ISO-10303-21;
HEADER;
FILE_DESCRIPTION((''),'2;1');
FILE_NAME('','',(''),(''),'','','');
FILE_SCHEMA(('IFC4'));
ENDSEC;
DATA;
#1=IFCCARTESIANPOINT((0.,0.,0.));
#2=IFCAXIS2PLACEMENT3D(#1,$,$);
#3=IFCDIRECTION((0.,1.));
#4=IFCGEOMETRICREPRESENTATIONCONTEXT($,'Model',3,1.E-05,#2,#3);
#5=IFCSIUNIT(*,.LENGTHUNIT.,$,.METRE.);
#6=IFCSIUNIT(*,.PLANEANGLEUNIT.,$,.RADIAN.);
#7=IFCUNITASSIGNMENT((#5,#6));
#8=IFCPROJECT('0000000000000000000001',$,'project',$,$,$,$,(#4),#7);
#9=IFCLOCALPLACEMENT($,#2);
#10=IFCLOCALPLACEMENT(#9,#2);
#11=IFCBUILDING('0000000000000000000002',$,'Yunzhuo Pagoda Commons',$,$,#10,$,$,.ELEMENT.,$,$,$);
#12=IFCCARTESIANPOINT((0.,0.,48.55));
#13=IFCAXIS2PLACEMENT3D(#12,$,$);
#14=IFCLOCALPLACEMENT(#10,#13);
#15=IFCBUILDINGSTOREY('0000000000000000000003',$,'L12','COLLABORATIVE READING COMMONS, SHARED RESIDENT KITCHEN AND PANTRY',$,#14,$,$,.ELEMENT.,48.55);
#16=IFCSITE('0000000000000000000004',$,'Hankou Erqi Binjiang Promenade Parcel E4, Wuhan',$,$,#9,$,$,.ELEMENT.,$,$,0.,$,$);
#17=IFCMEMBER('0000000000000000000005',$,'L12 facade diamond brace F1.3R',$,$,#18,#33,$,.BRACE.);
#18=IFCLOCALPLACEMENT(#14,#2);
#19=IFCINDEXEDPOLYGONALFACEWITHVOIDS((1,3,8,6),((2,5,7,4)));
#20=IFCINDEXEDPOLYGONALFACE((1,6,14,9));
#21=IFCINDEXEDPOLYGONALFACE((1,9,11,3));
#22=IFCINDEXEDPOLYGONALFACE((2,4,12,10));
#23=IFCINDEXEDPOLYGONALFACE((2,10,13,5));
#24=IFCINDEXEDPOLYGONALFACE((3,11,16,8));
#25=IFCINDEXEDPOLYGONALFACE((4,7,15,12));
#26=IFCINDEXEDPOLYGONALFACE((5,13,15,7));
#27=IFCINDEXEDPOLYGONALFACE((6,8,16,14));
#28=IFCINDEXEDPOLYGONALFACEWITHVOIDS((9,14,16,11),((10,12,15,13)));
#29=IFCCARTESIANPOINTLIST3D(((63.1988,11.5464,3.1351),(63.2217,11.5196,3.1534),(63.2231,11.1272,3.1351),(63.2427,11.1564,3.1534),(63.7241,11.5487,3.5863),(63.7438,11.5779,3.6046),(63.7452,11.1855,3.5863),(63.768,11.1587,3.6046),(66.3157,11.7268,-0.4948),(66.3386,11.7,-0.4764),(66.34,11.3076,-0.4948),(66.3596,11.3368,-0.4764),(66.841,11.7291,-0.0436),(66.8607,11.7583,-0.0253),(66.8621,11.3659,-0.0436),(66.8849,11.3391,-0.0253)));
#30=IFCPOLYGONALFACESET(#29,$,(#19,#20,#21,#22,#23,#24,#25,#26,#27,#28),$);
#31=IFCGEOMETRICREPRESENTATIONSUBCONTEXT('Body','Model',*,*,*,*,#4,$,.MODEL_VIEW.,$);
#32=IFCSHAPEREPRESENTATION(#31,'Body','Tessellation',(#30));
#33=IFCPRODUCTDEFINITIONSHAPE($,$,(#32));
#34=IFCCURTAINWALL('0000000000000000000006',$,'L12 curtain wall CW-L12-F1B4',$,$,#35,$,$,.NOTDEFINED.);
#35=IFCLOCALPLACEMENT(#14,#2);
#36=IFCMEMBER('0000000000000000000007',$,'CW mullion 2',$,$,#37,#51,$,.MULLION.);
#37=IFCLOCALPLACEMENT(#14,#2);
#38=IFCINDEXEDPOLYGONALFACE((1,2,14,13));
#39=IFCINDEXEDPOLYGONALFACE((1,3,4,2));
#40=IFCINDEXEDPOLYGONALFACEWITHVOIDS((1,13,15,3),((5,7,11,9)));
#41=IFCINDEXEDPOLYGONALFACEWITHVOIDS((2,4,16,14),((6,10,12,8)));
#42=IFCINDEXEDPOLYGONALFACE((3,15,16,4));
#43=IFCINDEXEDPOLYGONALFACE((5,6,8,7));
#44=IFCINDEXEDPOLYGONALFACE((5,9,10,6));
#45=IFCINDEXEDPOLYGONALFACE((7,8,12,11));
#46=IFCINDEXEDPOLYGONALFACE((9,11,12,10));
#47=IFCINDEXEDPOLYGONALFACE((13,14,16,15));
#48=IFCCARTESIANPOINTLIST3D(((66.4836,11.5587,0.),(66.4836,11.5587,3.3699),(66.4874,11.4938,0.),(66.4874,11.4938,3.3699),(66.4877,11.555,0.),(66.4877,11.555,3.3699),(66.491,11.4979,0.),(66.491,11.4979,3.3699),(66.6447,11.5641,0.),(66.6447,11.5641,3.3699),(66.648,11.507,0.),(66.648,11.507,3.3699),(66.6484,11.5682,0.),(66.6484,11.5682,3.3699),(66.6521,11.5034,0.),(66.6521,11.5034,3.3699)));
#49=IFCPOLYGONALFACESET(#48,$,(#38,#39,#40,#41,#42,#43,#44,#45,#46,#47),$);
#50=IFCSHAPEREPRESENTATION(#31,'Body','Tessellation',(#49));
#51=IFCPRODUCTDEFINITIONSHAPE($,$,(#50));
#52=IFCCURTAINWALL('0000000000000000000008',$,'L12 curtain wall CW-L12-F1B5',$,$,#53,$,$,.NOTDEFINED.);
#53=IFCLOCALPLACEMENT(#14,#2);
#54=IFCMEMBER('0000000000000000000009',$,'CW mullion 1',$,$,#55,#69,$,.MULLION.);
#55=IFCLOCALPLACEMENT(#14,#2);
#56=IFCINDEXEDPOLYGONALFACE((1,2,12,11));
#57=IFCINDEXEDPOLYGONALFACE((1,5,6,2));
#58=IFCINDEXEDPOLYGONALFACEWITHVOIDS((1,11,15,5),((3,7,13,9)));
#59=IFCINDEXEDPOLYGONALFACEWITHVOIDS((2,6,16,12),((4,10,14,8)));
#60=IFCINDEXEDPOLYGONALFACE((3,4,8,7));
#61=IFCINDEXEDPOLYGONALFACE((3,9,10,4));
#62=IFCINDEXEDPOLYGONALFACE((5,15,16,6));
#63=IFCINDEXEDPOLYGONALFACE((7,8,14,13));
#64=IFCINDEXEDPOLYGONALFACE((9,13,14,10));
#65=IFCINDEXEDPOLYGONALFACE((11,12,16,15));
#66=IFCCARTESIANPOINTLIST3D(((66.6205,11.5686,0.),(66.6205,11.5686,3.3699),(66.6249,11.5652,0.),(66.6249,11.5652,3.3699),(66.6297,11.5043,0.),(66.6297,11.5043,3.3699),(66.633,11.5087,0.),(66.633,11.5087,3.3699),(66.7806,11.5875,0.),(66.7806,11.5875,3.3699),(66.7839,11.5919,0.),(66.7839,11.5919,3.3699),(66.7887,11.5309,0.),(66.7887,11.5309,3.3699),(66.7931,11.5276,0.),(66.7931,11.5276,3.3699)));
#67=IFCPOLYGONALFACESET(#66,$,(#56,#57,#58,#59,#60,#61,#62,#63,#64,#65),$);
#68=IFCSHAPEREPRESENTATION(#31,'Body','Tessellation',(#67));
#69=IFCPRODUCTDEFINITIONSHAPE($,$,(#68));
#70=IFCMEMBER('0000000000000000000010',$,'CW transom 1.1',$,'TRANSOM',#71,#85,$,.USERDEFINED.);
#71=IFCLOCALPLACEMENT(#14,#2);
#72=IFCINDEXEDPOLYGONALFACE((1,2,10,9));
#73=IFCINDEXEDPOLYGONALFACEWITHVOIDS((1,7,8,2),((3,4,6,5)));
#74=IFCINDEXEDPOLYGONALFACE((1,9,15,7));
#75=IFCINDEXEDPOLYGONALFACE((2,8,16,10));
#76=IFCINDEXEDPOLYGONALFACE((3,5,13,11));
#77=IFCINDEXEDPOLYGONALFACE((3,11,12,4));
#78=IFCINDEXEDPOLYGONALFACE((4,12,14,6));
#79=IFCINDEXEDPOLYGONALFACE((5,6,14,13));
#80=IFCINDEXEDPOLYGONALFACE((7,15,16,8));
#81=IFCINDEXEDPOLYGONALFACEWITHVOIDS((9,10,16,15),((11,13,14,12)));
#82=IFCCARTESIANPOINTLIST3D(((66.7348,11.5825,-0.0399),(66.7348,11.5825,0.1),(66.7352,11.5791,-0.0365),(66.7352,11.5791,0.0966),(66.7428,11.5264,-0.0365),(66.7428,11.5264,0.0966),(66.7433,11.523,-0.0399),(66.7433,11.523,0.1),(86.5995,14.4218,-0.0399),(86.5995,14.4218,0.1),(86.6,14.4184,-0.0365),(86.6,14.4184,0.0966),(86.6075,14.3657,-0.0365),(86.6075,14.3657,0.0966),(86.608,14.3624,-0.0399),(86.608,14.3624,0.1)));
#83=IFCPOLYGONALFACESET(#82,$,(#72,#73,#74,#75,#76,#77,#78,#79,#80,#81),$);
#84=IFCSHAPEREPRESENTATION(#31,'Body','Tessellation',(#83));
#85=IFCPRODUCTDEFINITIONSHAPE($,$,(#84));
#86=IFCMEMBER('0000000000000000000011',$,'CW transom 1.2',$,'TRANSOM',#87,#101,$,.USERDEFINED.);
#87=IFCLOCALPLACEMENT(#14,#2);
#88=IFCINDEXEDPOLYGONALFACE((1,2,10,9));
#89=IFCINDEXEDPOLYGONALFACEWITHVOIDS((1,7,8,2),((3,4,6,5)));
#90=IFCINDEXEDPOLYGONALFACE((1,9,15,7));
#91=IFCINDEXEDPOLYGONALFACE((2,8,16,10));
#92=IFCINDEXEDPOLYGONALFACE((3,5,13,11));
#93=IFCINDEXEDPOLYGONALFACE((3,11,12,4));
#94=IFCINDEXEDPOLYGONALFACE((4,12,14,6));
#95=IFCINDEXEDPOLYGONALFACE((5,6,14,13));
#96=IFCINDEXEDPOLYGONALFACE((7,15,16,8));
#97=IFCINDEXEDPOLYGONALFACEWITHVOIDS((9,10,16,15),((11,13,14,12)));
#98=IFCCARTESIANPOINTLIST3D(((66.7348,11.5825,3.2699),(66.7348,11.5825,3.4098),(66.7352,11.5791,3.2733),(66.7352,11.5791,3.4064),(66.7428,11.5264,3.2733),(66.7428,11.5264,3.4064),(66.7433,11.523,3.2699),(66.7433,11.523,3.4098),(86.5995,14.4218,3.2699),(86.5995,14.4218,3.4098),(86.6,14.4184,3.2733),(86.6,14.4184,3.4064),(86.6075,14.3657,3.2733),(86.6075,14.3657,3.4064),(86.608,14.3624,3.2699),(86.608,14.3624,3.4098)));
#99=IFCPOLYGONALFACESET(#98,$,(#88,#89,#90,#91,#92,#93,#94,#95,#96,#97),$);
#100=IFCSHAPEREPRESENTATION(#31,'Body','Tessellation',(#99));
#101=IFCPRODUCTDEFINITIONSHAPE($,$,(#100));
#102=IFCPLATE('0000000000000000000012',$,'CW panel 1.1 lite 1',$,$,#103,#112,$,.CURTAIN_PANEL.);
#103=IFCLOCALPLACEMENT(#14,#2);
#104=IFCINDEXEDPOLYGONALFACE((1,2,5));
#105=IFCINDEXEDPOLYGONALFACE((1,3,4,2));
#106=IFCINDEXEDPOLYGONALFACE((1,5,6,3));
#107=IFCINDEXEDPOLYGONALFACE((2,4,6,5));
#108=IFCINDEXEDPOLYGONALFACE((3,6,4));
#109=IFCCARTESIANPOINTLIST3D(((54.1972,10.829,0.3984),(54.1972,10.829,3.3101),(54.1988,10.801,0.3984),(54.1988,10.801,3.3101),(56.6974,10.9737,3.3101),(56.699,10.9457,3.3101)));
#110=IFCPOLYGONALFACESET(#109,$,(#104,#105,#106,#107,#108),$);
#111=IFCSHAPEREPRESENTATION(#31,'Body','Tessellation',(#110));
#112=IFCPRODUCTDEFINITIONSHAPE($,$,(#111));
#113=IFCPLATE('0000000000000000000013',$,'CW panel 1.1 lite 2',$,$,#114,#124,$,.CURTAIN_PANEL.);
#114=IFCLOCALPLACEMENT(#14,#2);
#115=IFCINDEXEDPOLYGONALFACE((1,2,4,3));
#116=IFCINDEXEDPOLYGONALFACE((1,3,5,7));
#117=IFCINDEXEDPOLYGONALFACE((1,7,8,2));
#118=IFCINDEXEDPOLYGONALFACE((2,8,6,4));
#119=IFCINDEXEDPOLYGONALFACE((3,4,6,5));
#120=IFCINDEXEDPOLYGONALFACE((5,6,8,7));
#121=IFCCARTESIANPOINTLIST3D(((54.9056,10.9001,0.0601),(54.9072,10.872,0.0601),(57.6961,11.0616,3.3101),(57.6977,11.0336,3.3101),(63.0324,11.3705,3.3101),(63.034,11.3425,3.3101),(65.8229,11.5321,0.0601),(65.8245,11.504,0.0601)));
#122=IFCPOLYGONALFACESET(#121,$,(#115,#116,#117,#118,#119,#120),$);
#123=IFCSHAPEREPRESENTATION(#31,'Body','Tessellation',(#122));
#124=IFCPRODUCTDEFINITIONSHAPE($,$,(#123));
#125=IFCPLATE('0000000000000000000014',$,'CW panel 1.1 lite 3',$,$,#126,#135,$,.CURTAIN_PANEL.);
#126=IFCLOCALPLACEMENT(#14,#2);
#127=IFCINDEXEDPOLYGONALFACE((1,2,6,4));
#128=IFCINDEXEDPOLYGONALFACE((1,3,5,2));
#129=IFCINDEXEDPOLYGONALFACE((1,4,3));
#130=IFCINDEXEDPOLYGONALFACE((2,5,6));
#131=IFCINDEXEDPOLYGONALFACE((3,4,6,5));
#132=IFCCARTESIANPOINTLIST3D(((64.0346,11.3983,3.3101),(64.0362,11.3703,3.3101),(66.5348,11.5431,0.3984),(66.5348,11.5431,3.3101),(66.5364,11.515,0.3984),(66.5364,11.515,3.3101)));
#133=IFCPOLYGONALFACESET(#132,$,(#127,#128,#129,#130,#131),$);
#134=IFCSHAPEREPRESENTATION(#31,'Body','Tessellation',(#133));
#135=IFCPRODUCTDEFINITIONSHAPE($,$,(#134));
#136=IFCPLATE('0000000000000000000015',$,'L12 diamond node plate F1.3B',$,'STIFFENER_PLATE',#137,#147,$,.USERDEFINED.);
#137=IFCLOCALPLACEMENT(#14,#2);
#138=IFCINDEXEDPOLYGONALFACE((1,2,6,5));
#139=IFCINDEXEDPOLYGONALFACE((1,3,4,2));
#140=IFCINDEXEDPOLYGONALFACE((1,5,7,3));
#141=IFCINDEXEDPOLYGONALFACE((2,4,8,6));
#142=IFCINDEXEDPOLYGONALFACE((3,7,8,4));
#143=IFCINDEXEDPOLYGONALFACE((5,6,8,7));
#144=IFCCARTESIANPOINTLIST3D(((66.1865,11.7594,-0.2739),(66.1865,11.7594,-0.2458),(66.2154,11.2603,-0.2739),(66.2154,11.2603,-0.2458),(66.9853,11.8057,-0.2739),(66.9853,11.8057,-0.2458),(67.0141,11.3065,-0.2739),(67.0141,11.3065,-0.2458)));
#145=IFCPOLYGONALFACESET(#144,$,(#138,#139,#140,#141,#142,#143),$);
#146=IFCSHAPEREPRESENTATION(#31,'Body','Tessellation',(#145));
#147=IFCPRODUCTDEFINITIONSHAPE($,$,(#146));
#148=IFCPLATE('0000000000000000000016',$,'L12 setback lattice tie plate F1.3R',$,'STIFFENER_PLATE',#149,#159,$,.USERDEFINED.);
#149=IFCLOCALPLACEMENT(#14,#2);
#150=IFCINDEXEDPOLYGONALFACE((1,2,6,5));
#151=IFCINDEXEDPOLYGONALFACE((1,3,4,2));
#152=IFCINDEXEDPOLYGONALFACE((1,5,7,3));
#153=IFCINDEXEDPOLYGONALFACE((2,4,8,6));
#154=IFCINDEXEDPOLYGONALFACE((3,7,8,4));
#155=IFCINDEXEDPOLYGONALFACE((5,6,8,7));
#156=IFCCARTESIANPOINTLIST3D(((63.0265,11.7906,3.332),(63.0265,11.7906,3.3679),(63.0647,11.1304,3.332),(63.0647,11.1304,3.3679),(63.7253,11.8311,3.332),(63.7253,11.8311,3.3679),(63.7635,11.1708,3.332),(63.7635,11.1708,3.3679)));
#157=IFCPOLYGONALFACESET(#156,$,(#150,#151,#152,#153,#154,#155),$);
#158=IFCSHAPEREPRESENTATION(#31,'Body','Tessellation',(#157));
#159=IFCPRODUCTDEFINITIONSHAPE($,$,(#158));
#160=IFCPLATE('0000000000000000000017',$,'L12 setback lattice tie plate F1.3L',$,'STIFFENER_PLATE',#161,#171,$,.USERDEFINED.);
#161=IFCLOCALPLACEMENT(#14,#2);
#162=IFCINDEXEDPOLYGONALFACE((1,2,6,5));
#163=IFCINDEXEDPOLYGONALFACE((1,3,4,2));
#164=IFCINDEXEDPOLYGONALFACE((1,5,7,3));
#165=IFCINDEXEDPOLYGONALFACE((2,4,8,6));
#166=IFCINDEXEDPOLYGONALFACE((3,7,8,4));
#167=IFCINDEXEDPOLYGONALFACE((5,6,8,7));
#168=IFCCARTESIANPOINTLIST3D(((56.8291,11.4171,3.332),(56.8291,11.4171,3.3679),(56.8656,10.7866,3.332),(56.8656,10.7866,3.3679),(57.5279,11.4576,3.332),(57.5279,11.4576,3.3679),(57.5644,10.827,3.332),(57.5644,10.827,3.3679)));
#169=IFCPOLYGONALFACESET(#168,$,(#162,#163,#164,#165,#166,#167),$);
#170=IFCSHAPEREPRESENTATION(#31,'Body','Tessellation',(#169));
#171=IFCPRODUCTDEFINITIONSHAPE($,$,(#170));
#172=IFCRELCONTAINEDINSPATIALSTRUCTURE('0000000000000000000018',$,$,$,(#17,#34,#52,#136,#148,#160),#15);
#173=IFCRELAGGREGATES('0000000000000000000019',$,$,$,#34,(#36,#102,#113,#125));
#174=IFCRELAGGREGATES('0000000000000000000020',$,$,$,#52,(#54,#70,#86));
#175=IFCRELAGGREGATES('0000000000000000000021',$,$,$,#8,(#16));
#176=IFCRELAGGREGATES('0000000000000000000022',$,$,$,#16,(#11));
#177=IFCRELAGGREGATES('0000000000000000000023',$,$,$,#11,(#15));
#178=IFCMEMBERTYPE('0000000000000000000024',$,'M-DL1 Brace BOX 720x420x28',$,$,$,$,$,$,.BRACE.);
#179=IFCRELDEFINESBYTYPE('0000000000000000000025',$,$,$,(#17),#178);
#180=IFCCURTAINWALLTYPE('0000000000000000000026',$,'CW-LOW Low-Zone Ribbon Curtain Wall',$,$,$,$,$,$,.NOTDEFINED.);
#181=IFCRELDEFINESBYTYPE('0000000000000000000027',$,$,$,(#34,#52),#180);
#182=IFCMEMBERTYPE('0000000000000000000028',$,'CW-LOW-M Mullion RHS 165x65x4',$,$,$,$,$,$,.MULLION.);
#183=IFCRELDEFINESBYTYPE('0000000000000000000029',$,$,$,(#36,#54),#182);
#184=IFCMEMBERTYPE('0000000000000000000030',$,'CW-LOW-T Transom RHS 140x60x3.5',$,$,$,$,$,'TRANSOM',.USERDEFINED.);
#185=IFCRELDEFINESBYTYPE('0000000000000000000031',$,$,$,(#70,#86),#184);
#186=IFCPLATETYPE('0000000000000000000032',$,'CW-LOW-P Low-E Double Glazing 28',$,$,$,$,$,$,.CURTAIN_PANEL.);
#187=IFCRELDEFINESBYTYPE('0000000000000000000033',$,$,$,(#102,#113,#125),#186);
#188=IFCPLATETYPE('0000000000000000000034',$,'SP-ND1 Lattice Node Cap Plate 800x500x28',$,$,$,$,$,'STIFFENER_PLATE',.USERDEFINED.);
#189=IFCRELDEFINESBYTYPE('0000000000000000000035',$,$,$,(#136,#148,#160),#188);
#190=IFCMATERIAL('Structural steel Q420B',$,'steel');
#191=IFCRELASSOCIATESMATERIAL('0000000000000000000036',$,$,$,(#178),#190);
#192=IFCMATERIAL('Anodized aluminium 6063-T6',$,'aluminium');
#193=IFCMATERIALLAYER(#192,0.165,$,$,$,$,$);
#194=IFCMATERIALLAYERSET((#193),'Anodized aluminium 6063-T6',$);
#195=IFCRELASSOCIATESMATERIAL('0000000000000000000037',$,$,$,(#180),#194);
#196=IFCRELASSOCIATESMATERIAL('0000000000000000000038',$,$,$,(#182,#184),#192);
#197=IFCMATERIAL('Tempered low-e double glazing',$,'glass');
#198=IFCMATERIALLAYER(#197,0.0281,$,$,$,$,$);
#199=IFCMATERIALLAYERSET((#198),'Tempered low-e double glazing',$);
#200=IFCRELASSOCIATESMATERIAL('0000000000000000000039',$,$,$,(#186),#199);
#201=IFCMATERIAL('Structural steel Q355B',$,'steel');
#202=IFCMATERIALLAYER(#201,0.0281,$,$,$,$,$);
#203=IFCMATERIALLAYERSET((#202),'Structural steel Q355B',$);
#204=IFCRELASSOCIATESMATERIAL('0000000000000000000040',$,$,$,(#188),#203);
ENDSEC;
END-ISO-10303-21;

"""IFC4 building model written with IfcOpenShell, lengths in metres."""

from ifc_helpers import new_model, si_unit, direction, frame, origin, origin_2d, place, context, subcontext, project, spatial, polyline, rectangle, hollow_rectangle, outline, extrude, source, transform, mapped, material, layer, layer_set, material_profile, profile_set, type_object, element, aggregate, save


model = new_model("IFC4")

# Units and contexts
model_context = context("Model", 3, precision=1e-05, world=origin(), true_north=direction((0.0, 1.0)))
body_context = subcontext(model_context, "Body", "Model", "MODEL_VIEW")
ifc_project = project(units=[si_unit("LENGTHUNIT", "METRE"), si_unit("PLANEANGLEUNIT", "RADIAN")], contexts=[model_context])

# Site, building, storey
site_placement = place(None, origin())
site = spatial("IfcSite", under=ifc_project, at=site_placement, Name="Hankou Erqi Binjiang Promenade Parcel E4, Wuhan", CompositionType="ELEMENT", RefElevation=0.0)
building_placement = place(site_placement, origin())
building = spatial("IfcBuilding", under=site, at=building_placement, Name="Yunzhuo Pagoda Commons", CompositionType="ELEMENT")
storey_placement = place(building_placement, frame((0.0, 0.0, 48.55)))
storey = spatial("IfcBuildingStorey", under=building, at=storey_placement, Name="L12", Description="COLLABORATIVE READING COMMONS, SHARED RESIDENT KITCHEN AND PANTRY", CompositionType="ELEMENT", Elevation=48.55)

# Shared definitions
ifc_material_1 = material(Name="Structural steel Q420B", Category="steel")

# Shared definitions
ifc_material_2 = material(Name="Structural steel Q355B", Category="steel")

# Member
ifc_material_profile_1 = material_profile(ifc_material_1, hollow_rectangle(XDim=0.4199, YDim=0.72, WallThickness=0.0281, at=origin_2d()), Name="Structural steel Q420B")
ifc_profile_set_1 = profile_set([ifc_material_profile_1], Name="Structural steel Q420B")
member_type_1 = type_object("IfcMemberType", Name="M-DL1 Brace BOX 720x420x28", PredefinedType="BRACE", material=ifc_profile_set_1)
shared_shape_1 = source(origin(), body_context, "Body", "SweptSolid", [
    extrude(hollow_rectangle(XDim=0.4199, YDim=0.72, WallThickness=0.0281, at=origin_2d()), origin(), (0.0, 0.0, 1.0), 4.7878),
])
member_1_placement = place(storey_placement, frame((66.6003, 11.533, -0.26), z_axis=(-0.651005, -0.037683, 0.758138), x_axis=(0.057787, -0.998329, 0.0)))
element("IfcMember", 1, at=member_1_placement, inside=storey, type_object=member_type_1, Name="L12 facade diamond brace F1.3R", PredefinedType="BRACE", context=body_context, shape_type="MappedRepresentation", body=[
    mapped(shared_shape_1, transform((0.0, 0.0, 0.0), scale=1.0)),
])

# Curtain wall, member
ifc_material_3 = material(Name="Anodized aluminium 6063-T6", Category="aluminium")
ifc_layer_1 = layer(ifc_material_3, 0.165)
ifc_layer_set_1 = layer_set([ifc_layer_1], Name="Anodized aluminium 6063-T6")
curtain_wall_type = type_object("IfcCurtainWallType", Name="CW-LOW Low-Zone Ribbon Curtain Wall", PredefinedType="NOTDEFINED", material=ifc_layer_set_1)
curtain_wall_1_placement = place(storey_placement, origin())
curtain_wall_1 = element("IfcCurtainWall", 2, at=curtain_wall_1_placement, inside=storey, type_object=curtain_wall_type, Name="L12 curtain wall CW-L12-F1B4", PredefinedType="NOTDEFINED")
ifc_material_profile_2 = material_profile(ifc_material_3, hollow_rectangle(XDim=0.0649, YDim=0.165, WallThickness=0.0039, at=origin_2d()), Name="Anodized aluminium 6063-T6")
ifc_profile_set_2 = profile_set([ifc_material_profile_2], Name="Anodized aluminium 6063-T6")
member_type_2 = type_object("IfcMemberType", Name="CW-LOW-M Mullion RHS 165x65x4", PredefinedType="MULLION", material=ifc_profile_set_2)
shared_shape_2 = source(origin(), body_context, "Body", "SweptSolid", [
    extrude(hollow_rectangle(XDim=0.0649, YDim=0.165, WallThickness=0.0039, at=origin_2d()), origin(), (0.0, 0.0, 1.0), 3.3699),
])
member_2_placement = place(storey_placement, frame((66.5679, 11.531, 0.0), z_axis=(0.0, 0.0, 1.0), x_axis=(-0.057791, 0.998329, 0.0)))
member_2 = element("IfcMember", 3, at=member_2_placement, type_object=member_type_2, Name="CW mullion 2", PredefinedType="MULLION", context=body_context, shape_type="MappedRepresentation", body=[
    mapped(shared_shape_2, transform((0.0, 0.0, 0.0), scale=1.0)),
])

# Curtain wall, members
curtain_wall_2_placement = place(storey_placement, origin())
curtain_wall_2 = element("IfcCurtainWall", 4, at=curtain_wall_2_placement, inside=storey, type_object=curtain_wall_type, Name="L12 curtain wall CW-L12-F1B5", PredefinedType="NOTDEFINED")
member_3_placement = place(storey_placement, frame((66.7068, 11.5481, 0.0), z_axis=(0.0, 0.0, 1.0), x_axis=(-0.141493, 0.989939, 0.0)))
member_3 = element("IfcMember", 5, at=member_3_placement, type_object=member_type_2, Name="CW mullion 1", PredefinedType="MULLION", context=body_context, shape_type="MappedRepresentation", body=[
    mapped(shared_shape_2, transform((0.0, 0.0, 0.0), scale=1.0)),
])
ifc_material_profile_3 = material_profile(ifc_material_3, hollow_rectangle(XDim=0.0601, YDim=0.1399, WallThickness=0.0034, at=origin_2d()), Name="Anodized aluminium 6063-T6")
ifc_profile_set_3 = profile_set([ifc_material_profile_3], Name="Anodized aluminium 6063-T6")
member_type_3 = type_object("IfcMemberType", Name="CW-LOW-T Transom RHS 140x60x3.5", ElementType="TRANSOM", PredefinedType="USERDEFINED", material=ifc_profile_set_3)
shared_shape_3 = source(origin(), body_context, "Body", "SweptSolid", [
    extrude(hollow_rectangle(XDim=0.0601, YDim=0.1399, WallThickness=0.0034, at=origin_2d()), origin(), (0.0, 0.0, 1.0), 20.0667),
])
member_4_placement = place(storey_placement, frame((66.739, 11.5527, 0.03), z_axis=(0.989939, 0.141496, 0.0), x_axis=(-0.141496, 0.989939, 0.0)))
member_4 = element("IfcMember", 6, at=member_4_placement, type_object=member_type_3, Name="CW transom 1.1", ObjectType="TRANSOM", PredefinedType="USERDEFINED", context=body_context, shape_type="MappedRepresentation", body=[
    mapped(shared_shape_3, transform((0.0, 0.0, 0.0), scale=1.0)),
])
member_5_placement = place(storey_placement, frame((66.739, 11.5527, 3.3398), z_axis=(0.989939, 0.141496, 0.0), x_axis=(-0.141496, 0.989939, 0.0)))
member_5 = element("IfcMember", 7, at=member_5_placement, type_object=member_type_3, Name="CW transom 1.2", ObjectType="TRANSOM", PredefinedType="USERDEFINED", context=body_context, shape_type="MappedRepresentation", body=[
    mapped(shared_shape_3, transform((0.0, 0.0, 0.0), scale=1.0)),
])

# Plates
ifc_material_4 = material(Name="Tempered low-e double glazing", Category="glass")
ifc_layer_2 = layer(ifc_material_4, 0.0281)
ifc_layer_set_2 = layer_set([ifc_layer_2], Name="Tempered low-e double glazing")
plate_type_1 = type_object("IfcPlateType", Name="CW-LOW-P Low-E Double Glazing 28", PredefinedType="CURTAIN_PANEL", material=ifc_layer_set_2)
plate_1_placement = place(storey_placement, frame((55.4473, 10.9014, 1.8542), z_axis=(0.057791, -0.998329, 0.0), x_axis=(0.998329, 0.057791, 0.0)))
plate_1 = element("IfcPlate", 8, at=plate_1_placement, type_object=plate_type_1, Name="CW panel 1.1 lite 1", PredefinedType="CURTAIN_PANEL", context=body_context, shape_type="SweptSolid", body=[
    extrude(outline(polyline([(-1.2522, -1.4558), (1.2522, 1.4558), (-1.2522, 1.4558), (-1.2522, -1.4558)])), origin(), (0.0, 0.0, 1.0), 0.0281),
])
plate_2_placement = place(storey_placement, frame((60.3643, 11.2161, 1.6851), z_axis=(0.057791, -0.998329, 0.0), x_axis=(0.998329, 0.057791, 0.0)))
plate_2 = element("IfcPlate", 9, at=plate_2_placement, type_object=plate_type_1, Name="CW panel 1.1 lite 2", PredefinedType="CURTAIN_PANEL", context=body_context, shape_type="SweptSolid", body=[
    extrude(outline(polyline([(-5.4678, -1.625), (5.4678, -1.625), (2.6726, 1.625), (-2.6726, 1.625), (-5.4678, -1.625)])), origin(), (0.0, 0.0, 1.0), 0.0281),
])
plate_3_placement = place(storey_placement, frame((65.2847, 11.4707, 1.8542), z_axis=(0.057791, -0.998329, 0.0), x_axis=(0.998329, 0.057791, 0.0)))
plate_3 = element("IfcPlate", 10, at=plate_3_placement, type_object=plate_type_1, Name="CW panel 1.1 lite 3", PredefinedType="CURTAIN_PANEL", context=body_context, shape_type="SweptSolid", body=[
    extrude(outline(polyline([(-1.2522, 1.4558), (1.2522, -1.4558), (1.2522, 1.4558), (-1.2522, 1.4558)])), origin(), (0.0, 0.0, 1.0), 0.0281),
])
aggregate(curtain_wall_1, [member_2, plate_1, plate_2, plate_3])

# Plates
ifc_layer_3 = layer(ifc_material_2, 0.0281)
ifc_layer_set_3 = layer_set([ifc_layer_3], Name="Structural steel Q355B")
plate_type_2 = type_object("IfcPlateType", Name="SP-ND1 Lattice Node Cap Plate 800x500x28", ElementType="STIFFENER_PLATE", PredefinedType="USERDEFINED", material=ifc_layer_set_3)
shared_shape_4 = source(origin(), body_context, "Body", "SweptSolid", [
    extrude(rectangle(XDim=0.8, YDim=0.5, at=origin_2d()), origin(), (0.0, 0.0, 1.0), 0.0281),
])
plate_4_placement = place(storey_placement, frame((66.6003, 11.533, -0.2739), z_axis=(0.0, 0.0, 1.0), x_axis=(0.998329, 0.057791, 0.0)))
element("IfcPlate", 11, at=plate_4_placement, inside=storey, type_object=plate_type_2, Name="L12 diamond node plate F1.3B", ObjectType="STIFFENER_PLATE", PredefinedType="USERDEFINED", context=body_context, shape_type="MappedRepresentation", body=[
    mapped(shared_shape_4, transform((0.0, 0.0, 0.0), scale=1.0)),
])
shared_shape_5 = source(origin(), body_context, "Body", "SweptSolid", [
    extrude(rectangle(XDim=0.7, YDim=0.6614, at=origin_2d()), origin(), (0.0, 0.0, 1.0), 0.0359),
])
plate_5_placement = place(storey_placement, frame((63.395, 11.4807, 3.332), z_axis=(0.0, 0.0, 1.0), x_axis=(0.998329, 0.057791, 0.0)))
element("IfcPlate", 12, at=plate_5_placement, inside=storey, type_object=plate_type_2, Name="L12 setback lattice tie plate F1.3R", ObjectType="STIFFENER_PLATE", PredefinedType="USERDEFINED", context=body_context, shape_type="MappedRepresentation", body=[
    mapped(shared_shape_5, transform((0.0, 0.0, 0.0), scale=1.0)),
])
shared_shape_6 = source(origin(), body_context, "Body", "SweptSolid", [
    extrude(rectangle(XDim=0.7, YDim=0.6316, at=origin_2d()), origin(), (0.0, 0.0, 1.0), 0.0359),
])
plate_6_placement = place(storey_placement, frame((57.1968, 11.1221, 3.332), z_axis=(0.0, 0.0, 1.0), x_axis=(0.998329, 0.057791, 0.0)))
element("IfcPlate", 13, at=plate_6_placement, inside=storey, type_object=plate_type_2, Name="L12 setback lattice tie plate F1.3L", ObjectType="STIFFENER_PLATE", PredefinedType="USERDEFINED", context=body_context, shape_type="MappedRepresentation", body=[
    mapped(shared_shape_6, transform((0.0, 0.0, 0.0), scale=1.0)),
])

aggregate(curtain_wall_2, [member_3, member_4, member_5])

save(model, "model.ifc")
